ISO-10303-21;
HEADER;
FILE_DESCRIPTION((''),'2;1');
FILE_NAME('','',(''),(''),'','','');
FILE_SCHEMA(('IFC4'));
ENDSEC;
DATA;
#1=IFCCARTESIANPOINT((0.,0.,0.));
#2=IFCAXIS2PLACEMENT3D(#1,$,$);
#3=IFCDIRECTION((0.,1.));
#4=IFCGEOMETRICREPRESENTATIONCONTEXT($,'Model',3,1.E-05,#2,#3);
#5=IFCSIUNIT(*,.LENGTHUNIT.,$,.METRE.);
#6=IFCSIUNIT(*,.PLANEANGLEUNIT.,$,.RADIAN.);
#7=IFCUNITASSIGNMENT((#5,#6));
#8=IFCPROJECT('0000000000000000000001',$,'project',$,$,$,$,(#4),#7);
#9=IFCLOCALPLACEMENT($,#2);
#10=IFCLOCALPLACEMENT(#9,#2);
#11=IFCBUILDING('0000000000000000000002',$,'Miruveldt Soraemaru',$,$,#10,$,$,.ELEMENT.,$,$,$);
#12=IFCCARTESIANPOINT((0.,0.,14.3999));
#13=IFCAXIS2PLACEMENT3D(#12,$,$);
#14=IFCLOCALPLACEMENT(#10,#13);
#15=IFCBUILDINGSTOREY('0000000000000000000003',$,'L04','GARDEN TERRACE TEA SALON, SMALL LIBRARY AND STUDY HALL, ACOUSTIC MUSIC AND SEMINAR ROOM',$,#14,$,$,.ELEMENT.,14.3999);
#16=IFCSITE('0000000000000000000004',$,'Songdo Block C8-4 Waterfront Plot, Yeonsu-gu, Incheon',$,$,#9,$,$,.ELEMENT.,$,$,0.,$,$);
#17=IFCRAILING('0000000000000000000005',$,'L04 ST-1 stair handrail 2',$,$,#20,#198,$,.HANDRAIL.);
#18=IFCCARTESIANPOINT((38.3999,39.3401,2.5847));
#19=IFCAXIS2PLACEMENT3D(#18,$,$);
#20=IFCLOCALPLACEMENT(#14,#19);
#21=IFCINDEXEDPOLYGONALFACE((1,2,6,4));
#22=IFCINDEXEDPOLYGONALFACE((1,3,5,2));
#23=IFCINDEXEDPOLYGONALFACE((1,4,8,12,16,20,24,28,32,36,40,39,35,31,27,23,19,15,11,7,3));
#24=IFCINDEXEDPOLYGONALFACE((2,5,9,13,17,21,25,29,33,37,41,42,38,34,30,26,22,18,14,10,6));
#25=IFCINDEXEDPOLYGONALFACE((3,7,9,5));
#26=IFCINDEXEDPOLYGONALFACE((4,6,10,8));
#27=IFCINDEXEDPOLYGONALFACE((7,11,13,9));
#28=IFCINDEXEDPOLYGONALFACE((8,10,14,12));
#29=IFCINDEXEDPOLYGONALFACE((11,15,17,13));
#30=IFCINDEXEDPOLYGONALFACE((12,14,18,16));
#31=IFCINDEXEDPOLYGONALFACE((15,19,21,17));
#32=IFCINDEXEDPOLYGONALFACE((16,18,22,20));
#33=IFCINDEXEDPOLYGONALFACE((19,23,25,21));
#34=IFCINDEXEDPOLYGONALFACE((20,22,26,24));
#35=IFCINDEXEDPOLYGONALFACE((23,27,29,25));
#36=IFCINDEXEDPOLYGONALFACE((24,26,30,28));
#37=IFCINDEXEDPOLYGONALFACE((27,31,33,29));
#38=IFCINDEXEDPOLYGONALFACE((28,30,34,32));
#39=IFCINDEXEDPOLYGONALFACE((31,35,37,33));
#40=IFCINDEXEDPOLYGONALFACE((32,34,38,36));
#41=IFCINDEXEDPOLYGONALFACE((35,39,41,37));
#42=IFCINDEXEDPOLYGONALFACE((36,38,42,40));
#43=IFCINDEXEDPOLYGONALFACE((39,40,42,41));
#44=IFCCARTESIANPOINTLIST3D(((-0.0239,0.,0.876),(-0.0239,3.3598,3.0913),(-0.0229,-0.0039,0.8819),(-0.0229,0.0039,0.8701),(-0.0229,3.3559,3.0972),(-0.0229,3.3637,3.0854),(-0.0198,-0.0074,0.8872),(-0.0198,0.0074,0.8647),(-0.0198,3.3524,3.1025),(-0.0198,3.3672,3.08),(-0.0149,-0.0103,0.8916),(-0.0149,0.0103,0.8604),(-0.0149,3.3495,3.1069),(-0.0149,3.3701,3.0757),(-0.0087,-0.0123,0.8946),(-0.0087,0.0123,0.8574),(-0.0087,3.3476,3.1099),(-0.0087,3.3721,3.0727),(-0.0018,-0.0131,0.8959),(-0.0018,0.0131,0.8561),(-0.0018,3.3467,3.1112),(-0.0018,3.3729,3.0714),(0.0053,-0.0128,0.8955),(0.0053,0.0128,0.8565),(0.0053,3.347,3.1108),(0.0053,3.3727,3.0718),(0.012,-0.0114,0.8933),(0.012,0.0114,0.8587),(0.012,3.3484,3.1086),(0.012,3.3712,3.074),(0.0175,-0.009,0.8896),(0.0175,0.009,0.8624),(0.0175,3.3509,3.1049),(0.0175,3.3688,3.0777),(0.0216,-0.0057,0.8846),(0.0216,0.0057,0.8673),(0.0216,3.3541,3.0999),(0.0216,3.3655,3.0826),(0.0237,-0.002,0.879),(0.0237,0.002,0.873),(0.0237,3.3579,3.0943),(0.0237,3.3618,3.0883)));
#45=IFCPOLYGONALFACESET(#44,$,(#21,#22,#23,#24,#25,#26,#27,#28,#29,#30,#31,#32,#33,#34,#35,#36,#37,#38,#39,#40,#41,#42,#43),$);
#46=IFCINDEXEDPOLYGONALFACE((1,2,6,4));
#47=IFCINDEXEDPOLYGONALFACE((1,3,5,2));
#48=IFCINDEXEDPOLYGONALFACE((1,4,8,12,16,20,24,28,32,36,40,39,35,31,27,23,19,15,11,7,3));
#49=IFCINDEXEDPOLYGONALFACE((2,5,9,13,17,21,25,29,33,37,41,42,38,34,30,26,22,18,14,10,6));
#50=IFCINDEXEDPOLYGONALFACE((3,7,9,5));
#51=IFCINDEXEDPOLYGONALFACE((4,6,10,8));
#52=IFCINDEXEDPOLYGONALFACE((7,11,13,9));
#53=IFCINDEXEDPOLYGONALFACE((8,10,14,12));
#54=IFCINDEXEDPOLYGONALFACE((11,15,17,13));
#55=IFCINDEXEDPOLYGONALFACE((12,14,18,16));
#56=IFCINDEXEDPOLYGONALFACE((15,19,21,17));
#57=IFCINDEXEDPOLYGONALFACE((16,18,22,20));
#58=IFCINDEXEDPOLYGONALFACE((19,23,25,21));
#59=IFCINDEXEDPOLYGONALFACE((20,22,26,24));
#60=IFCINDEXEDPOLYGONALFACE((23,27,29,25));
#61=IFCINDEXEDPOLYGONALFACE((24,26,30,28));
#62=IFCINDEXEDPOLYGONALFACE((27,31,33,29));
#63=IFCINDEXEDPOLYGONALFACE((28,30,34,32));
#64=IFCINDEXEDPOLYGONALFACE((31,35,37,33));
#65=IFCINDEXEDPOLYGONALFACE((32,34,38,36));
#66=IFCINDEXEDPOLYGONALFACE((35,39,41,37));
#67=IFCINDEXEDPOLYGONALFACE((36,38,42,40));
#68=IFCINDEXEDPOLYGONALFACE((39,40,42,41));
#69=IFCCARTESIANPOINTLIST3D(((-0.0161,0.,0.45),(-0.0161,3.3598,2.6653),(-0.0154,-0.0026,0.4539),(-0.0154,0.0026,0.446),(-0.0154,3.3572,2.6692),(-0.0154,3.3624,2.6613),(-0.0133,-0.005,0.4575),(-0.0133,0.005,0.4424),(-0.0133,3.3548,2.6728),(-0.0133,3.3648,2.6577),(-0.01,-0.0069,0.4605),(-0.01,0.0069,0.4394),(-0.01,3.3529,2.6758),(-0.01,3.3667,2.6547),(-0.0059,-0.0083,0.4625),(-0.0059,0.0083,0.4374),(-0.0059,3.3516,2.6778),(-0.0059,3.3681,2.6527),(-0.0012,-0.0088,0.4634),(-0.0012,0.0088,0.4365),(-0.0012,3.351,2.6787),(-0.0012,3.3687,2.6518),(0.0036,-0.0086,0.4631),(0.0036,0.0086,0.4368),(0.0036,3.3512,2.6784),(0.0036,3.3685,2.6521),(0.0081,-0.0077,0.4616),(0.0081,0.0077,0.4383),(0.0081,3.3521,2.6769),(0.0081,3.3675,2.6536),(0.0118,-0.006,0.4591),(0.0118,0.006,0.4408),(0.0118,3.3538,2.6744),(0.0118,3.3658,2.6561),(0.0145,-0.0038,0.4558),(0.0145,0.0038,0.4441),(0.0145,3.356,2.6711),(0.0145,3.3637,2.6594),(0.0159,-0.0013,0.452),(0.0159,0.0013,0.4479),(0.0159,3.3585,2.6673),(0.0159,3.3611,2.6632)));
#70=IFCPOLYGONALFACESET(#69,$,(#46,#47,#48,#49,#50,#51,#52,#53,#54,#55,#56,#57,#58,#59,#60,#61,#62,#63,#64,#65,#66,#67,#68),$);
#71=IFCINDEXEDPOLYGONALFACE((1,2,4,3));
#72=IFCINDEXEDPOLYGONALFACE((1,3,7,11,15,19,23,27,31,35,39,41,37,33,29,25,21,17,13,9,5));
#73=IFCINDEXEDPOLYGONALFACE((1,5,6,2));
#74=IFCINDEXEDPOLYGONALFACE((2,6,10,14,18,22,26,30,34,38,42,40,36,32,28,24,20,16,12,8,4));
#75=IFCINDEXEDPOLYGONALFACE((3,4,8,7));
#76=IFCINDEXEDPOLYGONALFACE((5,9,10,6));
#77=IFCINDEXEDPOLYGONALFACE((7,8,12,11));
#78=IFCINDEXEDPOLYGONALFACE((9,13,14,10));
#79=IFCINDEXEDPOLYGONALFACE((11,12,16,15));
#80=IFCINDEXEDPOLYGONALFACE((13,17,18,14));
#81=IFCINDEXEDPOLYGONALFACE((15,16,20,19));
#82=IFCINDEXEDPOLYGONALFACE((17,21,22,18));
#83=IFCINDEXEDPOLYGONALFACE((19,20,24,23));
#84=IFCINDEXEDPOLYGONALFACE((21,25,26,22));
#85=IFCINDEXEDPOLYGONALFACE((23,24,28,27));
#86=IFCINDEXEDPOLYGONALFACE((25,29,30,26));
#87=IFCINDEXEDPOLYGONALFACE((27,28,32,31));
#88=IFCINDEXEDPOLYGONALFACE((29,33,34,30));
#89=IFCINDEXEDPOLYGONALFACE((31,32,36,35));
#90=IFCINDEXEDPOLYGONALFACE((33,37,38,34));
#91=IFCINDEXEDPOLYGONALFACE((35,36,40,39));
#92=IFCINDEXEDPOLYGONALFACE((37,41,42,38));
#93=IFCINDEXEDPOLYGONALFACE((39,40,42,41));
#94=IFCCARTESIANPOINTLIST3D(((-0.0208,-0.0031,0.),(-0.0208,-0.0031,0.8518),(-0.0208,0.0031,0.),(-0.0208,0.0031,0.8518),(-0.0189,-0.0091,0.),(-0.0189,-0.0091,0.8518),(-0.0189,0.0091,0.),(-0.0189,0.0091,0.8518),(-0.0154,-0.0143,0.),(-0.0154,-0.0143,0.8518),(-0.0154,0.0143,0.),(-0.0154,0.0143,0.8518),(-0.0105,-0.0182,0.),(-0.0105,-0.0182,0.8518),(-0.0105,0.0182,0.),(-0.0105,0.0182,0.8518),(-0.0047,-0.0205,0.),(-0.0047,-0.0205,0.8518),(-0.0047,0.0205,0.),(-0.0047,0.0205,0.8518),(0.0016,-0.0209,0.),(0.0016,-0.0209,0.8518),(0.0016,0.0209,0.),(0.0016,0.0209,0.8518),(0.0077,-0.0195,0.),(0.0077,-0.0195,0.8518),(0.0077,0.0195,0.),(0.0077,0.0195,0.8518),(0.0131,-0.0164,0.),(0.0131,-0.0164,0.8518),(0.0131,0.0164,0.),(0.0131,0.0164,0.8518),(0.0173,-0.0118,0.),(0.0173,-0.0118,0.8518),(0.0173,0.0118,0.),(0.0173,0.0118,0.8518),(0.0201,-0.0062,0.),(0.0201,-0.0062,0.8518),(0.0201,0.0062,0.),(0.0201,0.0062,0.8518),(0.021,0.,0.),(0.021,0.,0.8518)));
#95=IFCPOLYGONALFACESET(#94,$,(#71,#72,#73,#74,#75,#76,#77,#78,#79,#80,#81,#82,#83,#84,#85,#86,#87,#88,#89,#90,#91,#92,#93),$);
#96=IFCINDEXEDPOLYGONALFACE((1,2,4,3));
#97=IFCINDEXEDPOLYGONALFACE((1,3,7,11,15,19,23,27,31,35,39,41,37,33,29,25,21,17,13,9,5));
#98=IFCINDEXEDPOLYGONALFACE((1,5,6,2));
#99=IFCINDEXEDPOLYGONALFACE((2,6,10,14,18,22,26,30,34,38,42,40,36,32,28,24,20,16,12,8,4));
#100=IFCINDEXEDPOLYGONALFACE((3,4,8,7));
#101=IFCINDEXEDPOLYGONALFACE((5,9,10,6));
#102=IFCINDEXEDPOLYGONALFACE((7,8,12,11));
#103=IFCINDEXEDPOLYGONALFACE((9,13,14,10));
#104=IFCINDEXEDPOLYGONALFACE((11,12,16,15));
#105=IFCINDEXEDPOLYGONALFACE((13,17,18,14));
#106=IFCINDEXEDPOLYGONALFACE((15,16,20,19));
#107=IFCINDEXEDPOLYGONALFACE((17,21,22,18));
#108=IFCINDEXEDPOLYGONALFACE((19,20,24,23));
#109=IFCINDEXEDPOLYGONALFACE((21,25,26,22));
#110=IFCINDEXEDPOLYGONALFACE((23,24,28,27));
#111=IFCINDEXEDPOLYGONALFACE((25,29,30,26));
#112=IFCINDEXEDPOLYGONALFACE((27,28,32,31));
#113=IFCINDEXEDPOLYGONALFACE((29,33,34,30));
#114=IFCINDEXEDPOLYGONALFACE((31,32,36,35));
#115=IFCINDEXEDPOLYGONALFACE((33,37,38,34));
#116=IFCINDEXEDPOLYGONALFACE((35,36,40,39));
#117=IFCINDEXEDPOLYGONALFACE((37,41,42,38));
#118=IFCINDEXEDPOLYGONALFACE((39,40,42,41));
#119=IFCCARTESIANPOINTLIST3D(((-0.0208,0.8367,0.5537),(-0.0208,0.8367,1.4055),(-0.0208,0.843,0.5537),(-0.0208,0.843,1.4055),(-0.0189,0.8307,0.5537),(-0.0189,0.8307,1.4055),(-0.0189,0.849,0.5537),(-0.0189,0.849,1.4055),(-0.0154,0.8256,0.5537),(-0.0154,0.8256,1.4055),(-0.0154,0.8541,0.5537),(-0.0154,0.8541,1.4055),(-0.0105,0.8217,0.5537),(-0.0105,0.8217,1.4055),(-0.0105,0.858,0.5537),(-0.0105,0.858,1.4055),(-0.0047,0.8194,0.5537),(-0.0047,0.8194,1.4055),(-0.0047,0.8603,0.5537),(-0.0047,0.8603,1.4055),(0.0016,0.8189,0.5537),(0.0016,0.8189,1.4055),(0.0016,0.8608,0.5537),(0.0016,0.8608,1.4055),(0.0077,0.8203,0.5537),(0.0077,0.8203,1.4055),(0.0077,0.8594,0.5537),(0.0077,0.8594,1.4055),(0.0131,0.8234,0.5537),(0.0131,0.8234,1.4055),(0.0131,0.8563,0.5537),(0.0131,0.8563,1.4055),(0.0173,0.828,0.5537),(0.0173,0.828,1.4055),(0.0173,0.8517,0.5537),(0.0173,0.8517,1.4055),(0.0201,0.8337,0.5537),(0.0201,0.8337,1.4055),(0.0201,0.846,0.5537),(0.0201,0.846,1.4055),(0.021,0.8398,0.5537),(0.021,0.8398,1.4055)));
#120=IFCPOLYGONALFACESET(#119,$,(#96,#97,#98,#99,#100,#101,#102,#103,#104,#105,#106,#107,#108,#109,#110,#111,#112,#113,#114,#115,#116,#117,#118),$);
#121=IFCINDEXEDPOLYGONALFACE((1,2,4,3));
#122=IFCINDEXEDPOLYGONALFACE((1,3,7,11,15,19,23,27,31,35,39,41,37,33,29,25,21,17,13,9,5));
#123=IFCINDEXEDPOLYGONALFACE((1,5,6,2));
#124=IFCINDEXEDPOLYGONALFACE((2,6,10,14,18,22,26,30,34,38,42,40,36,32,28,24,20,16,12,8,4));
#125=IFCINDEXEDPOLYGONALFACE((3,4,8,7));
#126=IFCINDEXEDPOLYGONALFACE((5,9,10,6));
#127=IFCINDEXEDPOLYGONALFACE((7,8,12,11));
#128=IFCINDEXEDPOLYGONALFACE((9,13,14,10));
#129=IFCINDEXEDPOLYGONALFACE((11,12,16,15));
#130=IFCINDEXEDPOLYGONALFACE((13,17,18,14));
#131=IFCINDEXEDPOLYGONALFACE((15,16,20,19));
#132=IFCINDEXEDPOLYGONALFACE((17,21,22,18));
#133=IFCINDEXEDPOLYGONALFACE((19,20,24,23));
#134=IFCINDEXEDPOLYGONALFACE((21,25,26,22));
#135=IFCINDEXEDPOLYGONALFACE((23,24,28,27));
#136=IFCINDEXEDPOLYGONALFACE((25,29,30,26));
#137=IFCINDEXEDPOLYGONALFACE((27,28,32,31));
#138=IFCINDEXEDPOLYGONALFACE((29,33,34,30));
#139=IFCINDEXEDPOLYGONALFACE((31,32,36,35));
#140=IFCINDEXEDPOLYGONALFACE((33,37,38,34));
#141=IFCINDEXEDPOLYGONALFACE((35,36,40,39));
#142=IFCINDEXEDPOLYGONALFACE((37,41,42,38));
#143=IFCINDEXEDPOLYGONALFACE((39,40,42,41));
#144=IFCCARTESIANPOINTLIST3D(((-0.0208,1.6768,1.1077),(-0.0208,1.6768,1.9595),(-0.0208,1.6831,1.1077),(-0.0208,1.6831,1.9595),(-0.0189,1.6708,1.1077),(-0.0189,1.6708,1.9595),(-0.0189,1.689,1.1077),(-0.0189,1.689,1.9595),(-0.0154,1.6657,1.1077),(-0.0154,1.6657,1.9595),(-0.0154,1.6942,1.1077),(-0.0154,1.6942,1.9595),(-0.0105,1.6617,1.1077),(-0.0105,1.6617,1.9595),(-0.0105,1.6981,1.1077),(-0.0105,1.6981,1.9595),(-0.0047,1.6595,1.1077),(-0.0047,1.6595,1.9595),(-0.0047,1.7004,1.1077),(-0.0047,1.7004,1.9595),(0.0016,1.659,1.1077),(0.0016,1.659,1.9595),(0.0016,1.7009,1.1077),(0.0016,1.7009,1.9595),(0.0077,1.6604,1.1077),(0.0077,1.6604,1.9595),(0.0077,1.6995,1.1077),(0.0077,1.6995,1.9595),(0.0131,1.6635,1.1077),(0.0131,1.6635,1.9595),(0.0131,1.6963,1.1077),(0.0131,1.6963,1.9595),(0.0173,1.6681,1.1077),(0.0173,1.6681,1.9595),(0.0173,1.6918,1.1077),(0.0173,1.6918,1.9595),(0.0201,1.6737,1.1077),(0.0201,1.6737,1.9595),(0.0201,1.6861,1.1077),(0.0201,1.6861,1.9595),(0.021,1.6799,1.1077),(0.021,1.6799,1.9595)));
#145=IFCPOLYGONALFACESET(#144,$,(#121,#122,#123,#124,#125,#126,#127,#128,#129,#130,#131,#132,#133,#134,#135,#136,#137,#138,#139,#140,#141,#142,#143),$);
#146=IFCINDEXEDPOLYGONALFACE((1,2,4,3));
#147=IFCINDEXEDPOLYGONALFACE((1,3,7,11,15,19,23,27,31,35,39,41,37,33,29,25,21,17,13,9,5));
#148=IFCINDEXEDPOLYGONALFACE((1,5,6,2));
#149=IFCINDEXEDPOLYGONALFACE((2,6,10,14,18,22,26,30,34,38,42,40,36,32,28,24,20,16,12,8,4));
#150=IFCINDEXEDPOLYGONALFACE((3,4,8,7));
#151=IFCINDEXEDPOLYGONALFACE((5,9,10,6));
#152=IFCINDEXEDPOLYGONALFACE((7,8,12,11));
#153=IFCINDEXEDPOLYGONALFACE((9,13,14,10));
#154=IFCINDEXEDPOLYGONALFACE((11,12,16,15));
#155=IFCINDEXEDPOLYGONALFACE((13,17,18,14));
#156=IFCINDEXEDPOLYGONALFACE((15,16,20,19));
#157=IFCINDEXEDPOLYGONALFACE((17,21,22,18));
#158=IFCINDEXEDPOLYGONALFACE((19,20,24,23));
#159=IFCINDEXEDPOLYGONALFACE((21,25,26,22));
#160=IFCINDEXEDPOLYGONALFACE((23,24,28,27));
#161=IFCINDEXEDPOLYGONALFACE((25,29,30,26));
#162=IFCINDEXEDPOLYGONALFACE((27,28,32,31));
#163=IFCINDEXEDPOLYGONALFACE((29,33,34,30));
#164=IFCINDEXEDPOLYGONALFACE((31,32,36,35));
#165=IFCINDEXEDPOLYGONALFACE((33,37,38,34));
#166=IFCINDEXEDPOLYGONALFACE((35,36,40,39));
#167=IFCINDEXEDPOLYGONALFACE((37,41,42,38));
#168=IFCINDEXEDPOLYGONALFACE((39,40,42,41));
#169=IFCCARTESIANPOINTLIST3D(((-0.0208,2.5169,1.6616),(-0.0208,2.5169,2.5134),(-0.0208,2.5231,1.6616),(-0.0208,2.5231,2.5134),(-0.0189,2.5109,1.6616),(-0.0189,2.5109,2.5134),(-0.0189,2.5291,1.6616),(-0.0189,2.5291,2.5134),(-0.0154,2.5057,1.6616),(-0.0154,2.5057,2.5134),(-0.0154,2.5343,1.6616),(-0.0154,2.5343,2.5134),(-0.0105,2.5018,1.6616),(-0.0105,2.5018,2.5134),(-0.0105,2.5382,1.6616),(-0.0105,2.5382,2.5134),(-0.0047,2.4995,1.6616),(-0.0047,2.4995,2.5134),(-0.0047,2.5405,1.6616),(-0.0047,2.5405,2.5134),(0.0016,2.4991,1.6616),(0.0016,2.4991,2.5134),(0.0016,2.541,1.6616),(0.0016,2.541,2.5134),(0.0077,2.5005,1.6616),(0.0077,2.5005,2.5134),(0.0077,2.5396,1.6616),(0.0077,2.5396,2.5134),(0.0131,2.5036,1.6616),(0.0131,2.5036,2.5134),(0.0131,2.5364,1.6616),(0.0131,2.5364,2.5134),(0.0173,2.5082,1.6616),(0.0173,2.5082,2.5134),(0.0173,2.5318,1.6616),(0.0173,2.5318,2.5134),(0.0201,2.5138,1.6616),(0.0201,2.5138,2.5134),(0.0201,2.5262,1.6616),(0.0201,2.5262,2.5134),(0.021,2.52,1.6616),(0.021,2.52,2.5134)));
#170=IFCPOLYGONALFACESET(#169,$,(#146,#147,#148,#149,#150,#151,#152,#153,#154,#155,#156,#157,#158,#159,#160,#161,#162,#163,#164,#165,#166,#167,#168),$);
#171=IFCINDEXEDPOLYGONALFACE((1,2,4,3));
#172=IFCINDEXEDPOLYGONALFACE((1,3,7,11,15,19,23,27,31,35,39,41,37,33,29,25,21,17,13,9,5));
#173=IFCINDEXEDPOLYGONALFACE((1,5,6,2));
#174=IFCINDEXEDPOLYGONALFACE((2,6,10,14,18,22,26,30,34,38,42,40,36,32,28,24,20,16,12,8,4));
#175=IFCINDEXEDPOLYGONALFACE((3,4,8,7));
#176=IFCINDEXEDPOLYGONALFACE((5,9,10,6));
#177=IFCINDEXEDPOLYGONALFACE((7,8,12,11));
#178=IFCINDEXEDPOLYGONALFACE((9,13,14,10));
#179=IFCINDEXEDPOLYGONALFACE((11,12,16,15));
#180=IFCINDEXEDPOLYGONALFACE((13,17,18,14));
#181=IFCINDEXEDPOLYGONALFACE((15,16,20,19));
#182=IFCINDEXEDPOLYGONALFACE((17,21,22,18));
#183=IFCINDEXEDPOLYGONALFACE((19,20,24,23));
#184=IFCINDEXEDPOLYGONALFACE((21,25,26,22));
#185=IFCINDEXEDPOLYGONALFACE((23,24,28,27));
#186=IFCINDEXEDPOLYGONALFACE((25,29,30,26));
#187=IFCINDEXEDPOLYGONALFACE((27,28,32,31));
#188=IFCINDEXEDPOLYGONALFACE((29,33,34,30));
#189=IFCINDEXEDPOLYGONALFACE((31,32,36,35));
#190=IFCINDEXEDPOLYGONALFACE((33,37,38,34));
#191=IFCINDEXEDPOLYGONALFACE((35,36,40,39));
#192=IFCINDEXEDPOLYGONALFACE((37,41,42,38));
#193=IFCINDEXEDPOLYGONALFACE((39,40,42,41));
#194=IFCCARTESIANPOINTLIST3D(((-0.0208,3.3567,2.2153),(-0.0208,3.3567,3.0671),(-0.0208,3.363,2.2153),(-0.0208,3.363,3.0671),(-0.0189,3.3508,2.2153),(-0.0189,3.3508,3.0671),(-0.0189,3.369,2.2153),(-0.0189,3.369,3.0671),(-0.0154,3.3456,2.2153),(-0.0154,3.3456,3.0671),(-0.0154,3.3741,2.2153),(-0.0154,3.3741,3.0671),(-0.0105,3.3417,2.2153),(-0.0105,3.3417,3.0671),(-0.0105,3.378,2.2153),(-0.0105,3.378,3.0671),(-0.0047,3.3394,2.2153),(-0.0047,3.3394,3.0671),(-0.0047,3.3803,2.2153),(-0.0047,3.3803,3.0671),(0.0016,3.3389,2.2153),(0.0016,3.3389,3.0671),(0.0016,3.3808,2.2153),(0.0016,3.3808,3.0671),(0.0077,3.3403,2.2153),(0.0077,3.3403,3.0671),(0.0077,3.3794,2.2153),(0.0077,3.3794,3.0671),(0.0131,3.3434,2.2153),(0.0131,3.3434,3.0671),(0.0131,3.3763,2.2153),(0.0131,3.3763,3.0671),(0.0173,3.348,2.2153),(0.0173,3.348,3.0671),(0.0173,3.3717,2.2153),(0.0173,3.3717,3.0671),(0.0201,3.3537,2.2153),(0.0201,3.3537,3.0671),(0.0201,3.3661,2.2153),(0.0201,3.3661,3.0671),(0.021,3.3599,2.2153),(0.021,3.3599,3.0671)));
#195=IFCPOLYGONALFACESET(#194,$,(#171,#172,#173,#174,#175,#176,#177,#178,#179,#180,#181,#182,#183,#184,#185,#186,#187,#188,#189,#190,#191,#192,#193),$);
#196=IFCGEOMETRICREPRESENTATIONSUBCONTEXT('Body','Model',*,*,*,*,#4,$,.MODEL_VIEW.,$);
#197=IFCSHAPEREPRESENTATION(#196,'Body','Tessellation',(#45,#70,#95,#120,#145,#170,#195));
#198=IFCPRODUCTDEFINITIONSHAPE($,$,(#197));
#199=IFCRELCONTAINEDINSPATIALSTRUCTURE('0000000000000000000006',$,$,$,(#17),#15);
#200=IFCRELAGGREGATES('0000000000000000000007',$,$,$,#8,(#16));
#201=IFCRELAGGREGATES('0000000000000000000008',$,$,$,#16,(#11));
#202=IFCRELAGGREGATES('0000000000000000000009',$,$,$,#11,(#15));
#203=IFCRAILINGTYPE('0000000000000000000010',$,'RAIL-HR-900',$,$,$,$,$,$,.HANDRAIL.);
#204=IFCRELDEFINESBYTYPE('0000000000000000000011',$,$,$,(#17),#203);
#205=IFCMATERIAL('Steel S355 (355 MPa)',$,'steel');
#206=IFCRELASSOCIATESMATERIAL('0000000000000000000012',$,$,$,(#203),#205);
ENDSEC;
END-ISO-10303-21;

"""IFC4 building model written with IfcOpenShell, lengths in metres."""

from ifc_helpers import new_model, si_unit, direction, frame, origin, origin_2d, place, context, subcontext, project, spatial, circle, extrude, material, type_object, element, save


model = new_model("IFC4")

# Units and contexts
model_context = context("Model", 3, precision=1e-05, world=origin(), true_north=direction((0.0, 1.0)))
body_context = subcontext(model_context, "Body", "Model", "MODEL_VIEW")
ifc_project = project(units=[si_unit("LENGTHUNIT", "METRE"), si_unit("PLANEANGLEUNIT", "RADIAN")], contexts=[model_context])

# Site, building, storey
site_placement = place(None, origin())
site = spatial("IfcSite", under=ifc_project, at=site_placement, Name="Songdo Block C8-4 Waterfront Plot, Yeonsu-gu, Incheon", CompositionType="ELEMENT", RefElevation=0.0)
building_placement = place(site_placement, origin())
building = spatial("IfcBuilding", under=site, at=building_placement, Name="Miruveldt Soraemaru", CompositionType="ELEMENT")
storey_placement = place(building_placement, frame((0.0, 0.0, 14.3999)))
storey = spatial("IfcBuildingStorey", under=building, at=storey_placement, Name="L04", Description="GARDEN TERRACE TEA SALON, SMALL LIBRARY AND STUDY HALL, ACOUSTIC MUSIC AND SEMINAR ROOM", CompositionType="ELEMENT", Elevation=14.3999)

# Railing
ifc_material_1 = material(Name="Steel S355 (355 MPa)", Category="steel")
railing_type_1 = type_object("IfcRailingType", Name="RAIL-HR-900", PredefinedType="HANDRAIL", material=ifc_material_1)
railing_1_placement = place(storey_placement, frame((38.3999, 39.3401, 2.5847)))
element("IfcRailing", 1, at=railing_1_placement, inside=storey, type_object=railing_type_1, Name="L04 ST-1 stair handrail 2", PredefinedType="HANDRAIL", context=body_context, shape_type="SweptSolid", body=[
    extrude(circle(Radius=0.0239, at=origin_2d()), frame((0.0, 0.0, 0.876), z_axis=(0.0, 0.834858, 0.550465), x_axis=(-1.0, 0.0, 0.0)), (0.0, 0.0, 1.0), 4.0244),
    extrude(circle(Radius=0.0161, at=origin_2d()), frame((0.0, 0.0, 0.45), z_axis=(0.0, 0.834858, 0.550465), x_axis=(-1.0, 0.0, 0.0)), (0.0, 0.0, 1.0), 4.0244),
    extrude(circle(Radius=0.021, at=origin_2d()), origin(), (0.0, 0.0, 1.0), 0.8518),
    extrude(circle(Radius=0.021, at=origin_2d()), frame((0.0, 0.8398, 0.5537)), (0.0, 0.0, 1.0), 0.8518),
    extrude(circle(Radius=0.021, at=origin_2d()), frame((0.0, 1.6799, 1.1077)), (0.0, 0.0, 1.0), 0.8518),
    extrude(circle(Radius=0.021, at=origin_2d()), frame((0.0, 2.52, 1.6616)), (0.0, 0.0, 1.0), 0.8518),
    extrude(circle(Radius=0.021, at=origin_2d()), frame((0.0, 3.3599, 2.2153)), (0.0, 0.0, 1.0), 0.8518),
])

save(model, "model.ifc")
